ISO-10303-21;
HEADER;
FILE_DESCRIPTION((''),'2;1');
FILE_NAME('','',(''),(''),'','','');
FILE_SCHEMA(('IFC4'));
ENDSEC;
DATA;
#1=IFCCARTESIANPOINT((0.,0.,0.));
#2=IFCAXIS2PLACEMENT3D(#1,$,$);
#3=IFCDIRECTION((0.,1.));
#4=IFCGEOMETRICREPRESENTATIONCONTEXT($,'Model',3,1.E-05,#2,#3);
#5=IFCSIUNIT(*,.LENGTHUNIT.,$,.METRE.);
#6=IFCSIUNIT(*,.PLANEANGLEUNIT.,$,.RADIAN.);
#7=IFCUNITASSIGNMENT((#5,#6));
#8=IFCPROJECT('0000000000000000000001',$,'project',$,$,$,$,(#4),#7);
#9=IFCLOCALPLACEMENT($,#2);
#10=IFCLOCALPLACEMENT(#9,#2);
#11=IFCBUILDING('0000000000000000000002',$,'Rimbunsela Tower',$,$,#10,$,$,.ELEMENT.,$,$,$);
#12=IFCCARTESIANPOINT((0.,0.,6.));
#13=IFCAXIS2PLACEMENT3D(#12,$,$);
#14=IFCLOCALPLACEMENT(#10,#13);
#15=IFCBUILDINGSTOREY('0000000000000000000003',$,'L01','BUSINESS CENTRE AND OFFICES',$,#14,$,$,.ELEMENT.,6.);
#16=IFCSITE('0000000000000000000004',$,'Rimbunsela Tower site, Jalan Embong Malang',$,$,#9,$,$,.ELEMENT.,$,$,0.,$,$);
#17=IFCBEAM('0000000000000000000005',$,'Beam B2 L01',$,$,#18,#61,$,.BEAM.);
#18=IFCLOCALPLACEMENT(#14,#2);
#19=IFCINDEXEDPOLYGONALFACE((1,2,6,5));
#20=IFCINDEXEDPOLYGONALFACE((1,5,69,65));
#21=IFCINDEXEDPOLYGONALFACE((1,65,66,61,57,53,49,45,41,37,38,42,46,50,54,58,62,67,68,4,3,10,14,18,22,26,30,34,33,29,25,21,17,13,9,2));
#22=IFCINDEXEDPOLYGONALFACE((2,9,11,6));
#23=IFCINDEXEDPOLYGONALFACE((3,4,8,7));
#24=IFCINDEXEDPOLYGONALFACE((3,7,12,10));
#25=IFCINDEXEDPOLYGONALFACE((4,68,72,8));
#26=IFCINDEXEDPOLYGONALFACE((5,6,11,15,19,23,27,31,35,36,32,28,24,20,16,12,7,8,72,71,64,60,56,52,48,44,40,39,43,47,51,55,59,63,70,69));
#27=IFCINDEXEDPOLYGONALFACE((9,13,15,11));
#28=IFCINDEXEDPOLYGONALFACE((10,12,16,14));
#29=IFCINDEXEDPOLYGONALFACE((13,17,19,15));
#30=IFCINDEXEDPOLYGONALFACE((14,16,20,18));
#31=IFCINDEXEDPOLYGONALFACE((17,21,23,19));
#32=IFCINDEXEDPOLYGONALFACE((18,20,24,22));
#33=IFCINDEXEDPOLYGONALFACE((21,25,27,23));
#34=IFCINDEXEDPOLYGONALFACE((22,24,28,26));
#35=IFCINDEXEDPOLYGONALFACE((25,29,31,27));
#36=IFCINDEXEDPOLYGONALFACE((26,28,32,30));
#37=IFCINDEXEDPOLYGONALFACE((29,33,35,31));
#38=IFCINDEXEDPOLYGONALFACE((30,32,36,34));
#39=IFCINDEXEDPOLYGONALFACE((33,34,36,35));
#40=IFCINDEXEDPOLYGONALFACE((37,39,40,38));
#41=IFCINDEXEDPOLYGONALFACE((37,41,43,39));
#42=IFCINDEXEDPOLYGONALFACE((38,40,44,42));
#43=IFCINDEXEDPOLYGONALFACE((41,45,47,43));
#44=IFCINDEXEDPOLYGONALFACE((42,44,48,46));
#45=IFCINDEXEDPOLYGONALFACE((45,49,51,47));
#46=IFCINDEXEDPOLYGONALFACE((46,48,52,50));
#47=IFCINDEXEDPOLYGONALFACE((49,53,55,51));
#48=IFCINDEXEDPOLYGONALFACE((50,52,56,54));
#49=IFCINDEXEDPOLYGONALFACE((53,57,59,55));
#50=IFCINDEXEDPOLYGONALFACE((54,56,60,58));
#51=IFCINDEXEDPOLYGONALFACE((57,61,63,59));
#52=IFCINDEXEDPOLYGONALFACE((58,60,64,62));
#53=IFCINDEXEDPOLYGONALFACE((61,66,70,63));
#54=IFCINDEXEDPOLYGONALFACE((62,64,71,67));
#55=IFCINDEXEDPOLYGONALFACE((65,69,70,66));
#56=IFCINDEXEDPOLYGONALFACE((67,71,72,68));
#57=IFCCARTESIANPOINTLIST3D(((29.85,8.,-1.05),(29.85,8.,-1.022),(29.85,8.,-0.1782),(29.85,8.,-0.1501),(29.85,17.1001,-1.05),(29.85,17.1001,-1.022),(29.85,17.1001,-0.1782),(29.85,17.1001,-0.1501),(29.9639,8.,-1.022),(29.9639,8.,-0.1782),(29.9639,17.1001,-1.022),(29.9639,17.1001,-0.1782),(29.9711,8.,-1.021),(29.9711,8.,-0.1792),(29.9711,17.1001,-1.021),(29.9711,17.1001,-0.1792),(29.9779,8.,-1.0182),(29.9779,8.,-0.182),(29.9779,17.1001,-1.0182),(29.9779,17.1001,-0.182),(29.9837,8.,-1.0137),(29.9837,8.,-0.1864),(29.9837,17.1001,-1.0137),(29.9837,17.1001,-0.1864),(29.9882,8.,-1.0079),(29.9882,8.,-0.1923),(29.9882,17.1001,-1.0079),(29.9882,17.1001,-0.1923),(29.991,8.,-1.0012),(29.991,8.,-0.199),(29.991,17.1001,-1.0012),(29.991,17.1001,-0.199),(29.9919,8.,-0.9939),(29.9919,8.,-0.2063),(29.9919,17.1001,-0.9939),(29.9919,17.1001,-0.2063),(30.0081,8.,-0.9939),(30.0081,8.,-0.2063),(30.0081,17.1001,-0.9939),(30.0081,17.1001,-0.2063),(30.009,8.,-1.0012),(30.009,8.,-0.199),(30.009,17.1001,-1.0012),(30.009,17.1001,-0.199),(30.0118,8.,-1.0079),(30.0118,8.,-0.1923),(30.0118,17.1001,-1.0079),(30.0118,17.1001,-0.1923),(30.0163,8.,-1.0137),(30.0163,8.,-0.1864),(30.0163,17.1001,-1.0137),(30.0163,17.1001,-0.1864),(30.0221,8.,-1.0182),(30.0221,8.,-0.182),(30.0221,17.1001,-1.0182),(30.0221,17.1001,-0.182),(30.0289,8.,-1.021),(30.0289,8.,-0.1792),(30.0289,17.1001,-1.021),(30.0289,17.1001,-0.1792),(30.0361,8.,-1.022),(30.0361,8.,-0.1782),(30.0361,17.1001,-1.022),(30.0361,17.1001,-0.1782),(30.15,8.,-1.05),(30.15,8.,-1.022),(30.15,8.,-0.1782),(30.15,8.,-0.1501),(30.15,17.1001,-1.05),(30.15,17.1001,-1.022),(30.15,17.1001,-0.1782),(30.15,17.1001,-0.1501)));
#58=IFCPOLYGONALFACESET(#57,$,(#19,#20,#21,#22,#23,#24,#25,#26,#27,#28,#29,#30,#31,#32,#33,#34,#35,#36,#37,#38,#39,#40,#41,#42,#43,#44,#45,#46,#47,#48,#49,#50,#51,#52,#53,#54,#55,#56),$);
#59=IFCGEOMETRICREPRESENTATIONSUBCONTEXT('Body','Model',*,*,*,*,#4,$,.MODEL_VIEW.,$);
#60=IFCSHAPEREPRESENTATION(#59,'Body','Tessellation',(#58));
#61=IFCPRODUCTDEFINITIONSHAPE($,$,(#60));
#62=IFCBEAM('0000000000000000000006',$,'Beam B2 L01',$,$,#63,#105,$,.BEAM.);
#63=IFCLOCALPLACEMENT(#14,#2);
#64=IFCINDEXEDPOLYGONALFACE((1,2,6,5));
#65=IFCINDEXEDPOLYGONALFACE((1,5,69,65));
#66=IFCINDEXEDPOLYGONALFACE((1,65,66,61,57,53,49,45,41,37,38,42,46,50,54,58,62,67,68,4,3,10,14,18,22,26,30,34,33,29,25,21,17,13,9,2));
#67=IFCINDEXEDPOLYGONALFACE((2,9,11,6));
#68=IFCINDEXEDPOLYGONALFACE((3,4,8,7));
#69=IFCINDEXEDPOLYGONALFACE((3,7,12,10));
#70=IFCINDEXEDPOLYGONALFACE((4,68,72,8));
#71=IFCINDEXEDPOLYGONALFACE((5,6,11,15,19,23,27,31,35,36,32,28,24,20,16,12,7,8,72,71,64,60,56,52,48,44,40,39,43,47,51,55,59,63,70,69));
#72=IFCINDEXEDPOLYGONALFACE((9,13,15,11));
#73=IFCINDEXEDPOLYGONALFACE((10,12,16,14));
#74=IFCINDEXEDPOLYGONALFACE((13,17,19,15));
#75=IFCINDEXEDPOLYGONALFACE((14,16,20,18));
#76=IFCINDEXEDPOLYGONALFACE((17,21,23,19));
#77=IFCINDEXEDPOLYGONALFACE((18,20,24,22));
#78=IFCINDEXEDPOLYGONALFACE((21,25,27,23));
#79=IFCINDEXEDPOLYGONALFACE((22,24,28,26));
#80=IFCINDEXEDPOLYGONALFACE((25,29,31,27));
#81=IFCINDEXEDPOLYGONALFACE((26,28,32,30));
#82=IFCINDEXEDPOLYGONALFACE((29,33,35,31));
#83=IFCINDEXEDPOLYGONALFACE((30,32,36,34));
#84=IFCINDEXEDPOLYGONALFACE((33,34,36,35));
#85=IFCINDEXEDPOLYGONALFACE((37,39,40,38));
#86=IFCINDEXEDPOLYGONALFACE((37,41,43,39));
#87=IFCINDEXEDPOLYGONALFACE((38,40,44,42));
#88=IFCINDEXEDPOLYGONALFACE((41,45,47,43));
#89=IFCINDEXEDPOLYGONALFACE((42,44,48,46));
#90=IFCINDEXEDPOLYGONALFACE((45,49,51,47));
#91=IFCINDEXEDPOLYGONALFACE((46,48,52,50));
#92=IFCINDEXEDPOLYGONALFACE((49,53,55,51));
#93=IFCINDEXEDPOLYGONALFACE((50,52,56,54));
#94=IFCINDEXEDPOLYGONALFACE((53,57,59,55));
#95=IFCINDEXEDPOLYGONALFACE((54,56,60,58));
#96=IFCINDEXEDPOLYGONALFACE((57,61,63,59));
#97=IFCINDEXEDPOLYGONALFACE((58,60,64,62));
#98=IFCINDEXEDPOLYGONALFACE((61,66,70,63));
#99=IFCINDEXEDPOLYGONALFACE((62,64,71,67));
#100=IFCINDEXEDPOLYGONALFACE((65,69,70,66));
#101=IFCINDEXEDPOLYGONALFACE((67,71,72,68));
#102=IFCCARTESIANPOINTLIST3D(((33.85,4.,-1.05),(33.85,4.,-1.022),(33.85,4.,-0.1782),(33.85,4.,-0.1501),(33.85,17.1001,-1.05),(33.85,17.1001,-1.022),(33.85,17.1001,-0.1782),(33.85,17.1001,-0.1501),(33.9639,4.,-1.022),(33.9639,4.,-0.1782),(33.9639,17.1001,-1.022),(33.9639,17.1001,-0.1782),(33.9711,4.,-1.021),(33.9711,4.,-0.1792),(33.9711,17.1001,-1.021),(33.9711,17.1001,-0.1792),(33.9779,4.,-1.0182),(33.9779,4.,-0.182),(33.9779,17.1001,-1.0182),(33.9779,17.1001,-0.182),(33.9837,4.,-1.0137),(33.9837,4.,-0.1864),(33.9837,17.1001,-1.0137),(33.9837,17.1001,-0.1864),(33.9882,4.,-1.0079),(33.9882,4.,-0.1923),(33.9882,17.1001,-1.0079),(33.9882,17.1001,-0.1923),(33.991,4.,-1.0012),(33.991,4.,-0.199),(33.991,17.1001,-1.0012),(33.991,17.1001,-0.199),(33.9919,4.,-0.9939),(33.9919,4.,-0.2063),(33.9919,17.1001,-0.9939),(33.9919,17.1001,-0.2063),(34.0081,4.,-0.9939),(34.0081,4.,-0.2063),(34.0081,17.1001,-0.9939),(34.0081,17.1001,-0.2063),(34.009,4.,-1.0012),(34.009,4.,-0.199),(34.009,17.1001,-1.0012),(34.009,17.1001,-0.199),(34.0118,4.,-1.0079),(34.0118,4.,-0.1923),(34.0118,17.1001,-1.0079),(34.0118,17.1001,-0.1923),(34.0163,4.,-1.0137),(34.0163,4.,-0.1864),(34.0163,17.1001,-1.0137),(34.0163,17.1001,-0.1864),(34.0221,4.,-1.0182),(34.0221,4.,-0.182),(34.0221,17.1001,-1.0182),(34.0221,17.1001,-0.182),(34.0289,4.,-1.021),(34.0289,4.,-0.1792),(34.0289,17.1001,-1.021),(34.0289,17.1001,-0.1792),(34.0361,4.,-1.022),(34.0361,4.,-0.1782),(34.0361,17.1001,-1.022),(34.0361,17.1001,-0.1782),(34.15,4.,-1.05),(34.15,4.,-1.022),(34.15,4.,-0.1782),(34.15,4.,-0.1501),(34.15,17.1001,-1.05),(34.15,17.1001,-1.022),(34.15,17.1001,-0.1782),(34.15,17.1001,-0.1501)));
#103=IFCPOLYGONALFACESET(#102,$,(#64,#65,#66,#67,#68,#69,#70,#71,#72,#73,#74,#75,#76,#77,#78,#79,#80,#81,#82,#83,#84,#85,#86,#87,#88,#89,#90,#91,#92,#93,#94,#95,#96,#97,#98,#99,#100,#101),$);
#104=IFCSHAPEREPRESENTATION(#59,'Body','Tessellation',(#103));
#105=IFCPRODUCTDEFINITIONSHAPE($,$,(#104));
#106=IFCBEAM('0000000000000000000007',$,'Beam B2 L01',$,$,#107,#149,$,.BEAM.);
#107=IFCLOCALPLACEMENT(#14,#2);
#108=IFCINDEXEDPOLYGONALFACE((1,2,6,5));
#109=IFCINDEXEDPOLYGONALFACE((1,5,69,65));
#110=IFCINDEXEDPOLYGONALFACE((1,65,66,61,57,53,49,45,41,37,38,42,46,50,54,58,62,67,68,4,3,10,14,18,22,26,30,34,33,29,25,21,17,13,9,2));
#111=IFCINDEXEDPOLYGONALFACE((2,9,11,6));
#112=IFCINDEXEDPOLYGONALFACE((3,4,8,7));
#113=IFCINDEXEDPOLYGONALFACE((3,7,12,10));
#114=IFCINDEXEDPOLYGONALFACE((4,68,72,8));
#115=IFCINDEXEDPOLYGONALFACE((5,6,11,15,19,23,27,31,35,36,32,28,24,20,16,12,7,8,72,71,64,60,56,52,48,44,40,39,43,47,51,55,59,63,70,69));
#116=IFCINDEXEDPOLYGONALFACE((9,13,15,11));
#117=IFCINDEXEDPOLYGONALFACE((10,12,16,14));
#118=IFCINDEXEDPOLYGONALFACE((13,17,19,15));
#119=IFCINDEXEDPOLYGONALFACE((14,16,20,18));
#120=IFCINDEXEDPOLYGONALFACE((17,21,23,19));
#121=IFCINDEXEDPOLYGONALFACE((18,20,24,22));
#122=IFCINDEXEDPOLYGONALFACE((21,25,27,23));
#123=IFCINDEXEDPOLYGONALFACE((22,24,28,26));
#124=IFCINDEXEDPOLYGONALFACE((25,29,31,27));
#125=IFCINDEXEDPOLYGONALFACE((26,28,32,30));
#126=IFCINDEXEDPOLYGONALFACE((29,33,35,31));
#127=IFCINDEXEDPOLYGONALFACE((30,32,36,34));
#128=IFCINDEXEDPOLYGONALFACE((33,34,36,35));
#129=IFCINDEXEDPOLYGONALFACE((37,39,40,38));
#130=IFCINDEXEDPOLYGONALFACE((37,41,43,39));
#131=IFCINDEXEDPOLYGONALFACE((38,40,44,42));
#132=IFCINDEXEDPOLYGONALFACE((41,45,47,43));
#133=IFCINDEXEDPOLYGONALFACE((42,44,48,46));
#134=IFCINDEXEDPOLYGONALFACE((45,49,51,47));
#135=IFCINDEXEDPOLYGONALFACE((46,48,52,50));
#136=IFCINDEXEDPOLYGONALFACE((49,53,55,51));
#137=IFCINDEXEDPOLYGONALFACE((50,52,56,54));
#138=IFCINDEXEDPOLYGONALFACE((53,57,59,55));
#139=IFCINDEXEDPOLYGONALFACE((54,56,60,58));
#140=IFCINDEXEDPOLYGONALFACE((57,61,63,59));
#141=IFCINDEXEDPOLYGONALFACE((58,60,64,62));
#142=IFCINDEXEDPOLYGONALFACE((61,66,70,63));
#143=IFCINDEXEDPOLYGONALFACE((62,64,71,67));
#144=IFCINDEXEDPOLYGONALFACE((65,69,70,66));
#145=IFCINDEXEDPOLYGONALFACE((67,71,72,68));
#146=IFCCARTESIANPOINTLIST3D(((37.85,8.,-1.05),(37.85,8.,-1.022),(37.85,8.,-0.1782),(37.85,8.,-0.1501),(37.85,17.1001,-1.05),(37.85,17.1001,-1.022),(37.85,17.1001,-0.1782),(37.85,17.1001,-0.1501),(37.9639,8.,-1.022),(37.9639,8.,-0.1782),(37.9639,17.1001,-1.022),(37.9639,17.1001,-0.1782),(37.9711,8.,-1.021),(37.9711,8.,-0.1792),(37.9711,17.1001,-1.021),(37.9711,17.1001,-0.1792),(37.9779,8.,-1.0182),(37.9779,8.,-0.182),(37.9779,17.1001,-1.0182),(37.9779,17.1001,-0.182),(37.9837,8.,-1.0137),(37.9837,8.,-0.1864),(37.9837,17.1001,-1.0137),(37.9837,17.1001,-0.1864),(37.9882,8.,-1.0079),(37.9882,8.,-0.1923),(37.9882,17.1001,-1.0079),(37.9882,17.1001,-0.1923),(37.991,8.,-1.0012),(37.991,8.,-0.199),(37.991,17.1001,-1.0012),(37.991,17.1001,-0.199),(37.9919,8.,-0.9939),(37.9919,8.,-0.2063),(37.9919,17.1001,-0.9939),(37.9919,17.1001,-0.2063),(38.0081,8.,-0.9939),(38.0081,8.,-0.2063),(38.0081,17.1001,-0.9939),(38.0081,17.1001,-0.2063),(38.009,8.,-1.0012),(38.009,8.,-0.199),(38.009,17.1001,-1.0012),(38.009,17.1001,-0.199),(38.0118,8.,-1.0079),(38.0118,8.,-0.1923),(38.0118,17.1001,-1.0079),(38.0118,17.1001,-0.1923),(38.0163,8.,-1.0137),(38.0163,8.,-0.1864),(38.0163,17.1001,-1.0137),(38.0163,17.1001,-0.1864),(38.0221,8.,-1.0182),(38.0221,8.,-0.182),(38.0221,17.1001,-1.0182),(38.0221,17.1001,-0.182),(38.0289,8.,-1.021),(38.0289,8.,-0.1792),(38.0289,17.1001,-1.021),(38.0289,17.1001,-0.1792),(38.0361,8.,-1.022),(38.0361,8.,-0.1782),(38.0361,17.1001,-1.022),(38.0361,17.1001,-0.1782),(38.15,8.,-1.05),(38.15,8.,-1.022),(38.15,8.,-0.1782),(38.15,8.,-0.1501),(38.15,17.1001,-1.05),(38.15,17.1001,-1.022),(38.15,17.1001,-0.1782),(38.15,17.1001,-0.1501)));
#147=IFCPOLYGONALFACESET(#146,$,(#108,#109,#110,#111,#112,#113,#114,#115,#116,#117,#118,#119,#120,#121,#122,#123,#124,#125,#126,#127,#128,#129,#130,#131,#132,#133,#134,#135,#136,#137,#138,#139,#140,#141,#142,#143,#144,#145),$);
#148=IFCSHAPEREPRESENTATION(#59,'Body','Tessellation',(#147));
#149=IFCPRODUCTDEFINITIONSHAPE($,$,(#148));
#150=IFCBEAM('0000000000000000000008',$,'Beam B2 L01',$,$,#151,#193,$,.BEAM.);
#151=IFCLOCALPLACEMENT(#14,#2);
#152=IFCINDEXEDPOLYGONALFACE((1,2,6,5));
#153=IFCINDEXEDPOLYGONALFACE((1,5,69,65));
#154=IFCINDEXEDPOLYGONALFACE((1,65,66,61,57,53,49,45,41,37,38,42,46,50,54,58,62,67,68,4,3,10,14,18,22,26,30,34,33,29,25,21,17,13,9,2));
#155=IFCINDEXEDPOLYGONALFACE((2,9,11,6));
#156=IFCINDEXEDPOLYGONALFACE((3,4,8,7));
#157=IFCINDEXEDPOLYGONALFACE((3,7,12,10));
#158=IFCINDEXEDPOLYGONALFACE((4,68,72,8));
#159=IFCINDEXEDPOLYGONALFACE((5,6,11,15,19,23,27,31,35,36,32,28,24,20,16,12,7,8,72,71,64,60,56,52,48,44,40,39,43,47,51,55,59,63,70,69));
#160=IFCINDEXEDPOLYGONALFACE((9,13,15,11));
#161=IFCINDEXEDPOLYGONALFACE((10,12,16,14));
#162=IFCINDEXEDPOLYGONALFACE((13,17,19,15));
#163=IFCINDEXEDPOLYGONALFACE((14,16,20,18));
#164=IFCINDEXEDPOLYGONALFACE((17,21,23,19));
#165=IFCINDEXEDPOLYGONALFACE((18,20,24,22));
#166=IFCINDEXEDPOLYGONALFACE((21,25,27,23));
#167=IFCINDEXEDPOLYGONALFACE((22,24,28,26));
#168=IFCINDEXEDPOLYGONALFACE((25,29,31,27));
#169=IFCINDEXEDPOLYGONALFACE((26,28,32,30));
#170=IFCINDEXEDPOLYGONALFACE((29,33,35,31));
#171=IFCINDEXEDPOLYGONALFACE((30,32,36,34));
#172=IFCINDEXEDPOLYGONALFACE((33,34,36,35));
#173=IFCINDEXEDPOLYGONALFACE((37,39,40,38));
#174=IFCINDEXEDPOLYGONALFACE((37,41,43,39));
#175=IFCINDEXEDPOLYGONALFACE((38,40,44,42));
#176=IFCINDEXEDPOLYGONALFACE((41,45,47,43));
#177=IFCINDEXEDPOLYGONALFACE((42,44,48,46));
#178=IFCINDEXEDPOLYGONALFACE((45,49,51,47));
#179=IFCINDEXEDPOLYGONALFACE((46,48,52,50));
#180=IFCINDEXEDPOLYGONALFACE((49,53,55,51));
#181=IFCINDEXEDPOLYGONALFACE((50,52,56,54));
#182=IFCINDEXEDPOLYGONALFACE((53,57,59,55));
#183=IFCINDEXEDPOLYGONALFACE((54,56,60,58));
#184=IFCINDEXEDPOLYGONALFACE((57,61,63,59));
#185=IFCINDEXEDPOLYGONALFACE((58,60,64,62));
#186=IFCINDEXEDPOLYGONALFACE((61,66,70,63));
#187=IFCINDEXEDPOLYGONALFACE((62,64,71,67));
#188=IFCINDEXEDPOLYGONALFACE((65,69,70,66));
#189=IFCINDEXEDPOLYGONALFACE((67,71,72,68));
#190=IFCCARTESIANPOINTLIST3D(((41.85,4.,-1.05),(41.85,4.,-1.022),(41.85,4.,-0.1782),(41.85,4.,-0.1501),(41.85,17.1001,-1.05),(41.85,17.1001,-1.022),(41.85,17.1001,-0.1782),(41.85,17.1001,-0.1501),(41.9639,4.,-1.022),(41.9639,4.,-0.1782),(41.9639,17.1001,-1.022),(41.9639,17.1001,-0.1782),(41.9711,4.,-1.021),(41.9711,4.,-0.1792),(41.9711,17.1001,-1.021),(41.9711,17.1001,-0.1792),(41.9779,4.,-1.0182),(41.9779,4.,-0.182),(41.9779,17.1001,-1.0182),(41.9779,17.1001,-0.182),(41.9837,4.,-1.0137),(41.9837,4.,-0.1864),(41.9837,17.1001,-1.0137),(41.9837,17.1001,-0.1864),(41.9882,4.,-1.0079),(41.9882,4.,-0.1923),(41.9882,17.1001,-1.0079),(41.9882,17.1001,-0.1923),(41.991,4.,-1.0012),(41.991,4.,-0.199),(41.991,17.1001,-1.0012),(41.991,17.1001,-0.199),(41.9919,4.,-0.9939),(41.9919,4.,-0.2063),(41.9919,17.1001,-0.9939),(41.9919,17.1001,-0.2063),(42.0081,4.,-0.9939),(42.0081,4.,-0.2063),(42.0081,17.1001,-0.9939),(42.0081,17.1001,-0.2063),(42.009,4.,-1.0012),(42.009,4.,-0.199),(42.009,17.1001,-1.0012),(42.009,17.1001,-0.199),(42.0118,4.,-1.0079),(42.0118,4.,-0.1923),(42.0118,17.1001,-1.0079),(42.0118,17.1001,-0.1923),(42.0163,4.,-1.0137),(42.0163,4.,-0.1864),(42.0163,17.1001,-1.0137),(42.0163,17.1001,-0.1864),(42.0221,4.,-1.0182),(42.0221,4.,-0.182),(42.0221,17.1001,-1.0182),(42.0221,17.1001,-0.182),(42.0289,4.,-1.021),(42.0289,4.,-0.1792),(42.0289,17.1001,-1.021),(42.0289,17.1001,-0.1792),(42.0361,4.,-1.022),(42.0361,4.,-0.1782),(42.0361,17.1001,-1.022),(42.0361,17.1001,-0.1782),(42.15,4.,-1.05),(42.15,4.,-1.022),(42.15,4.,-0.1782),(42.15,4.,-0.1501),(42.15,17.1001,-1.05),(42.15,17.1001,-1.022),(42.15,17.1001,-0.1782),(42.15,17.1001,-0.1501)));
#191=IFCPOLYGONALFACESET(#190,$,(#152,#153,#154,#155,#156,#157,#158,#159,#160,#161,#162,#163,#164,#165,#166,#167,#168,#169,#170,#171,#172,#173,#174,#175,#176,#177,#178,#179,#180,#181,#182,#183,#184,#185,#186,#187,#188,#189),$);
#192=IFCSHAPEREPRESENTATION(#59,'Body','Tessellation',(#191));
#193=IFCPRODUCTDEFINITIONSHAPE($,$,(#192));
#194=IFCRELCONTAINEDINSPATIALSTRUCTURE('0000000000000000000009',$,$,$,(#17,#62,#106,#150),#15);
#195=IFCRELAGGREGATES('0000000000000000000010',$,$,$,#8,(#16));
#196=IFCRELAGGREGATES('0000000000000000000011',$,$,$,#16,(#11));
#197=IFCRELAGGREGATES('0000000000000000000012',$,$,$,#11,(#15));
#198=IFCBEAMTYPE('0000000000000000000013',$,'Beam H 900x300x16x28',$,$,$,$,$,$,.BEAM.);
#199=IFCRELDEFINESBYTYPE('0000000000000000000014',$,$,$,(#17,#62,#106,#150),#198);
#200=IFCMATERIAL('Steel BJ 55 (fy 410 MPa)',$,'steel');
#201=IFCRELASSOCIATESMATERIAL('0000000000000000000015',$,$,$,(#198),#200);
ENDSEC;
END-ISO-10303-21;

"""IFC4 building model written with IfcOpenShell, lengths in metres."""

from ifc_helpers import new_model, si_unit, direction, frame, origin, origin_2d, place, context, subcontext, project, spatial, i_section, extrude, material, material_profile, profile_set, type_object, element, save


model = new_model("IFC4")

# Units and contexts
model_context = context("Model", 3, precision=1e-05, world=origin(), true_north=direction((0.0, 1.0)))
body_context = subcontext(model_context, "Body", "Model", "MODEL_VIEW")
ifc_project = project(units=[si_unit("LENGTHUNIT", "METRE"), si_unit("PLANEANGLEUNIT", "RADIAN")], contexts=[model_context])

# Site, building, storey
site_placement = place(None, origin())
site = spatial("IfcSite", under=ifc_project, at=site_placement, Name="Rimbunsela Tower site, Jalan Embong Malang", CompositionType="ELEMENT", RefElevation=0.0)
building_placement = place(site_placement, origin())
building = spatial("IfcBuilding", under=site, at=building_placement, Name="Rimbunsela Tower", CompositionType="ELEMENT")
storey_placement = place(building_placement, frame((0.0, 0.0, 6.0)))
storey = spatial("IfcBuildingStorey", under=building, at=storey_placement, Name="L01", Description="BUSINESS CENTRE AND OFFICES", CompositionType="ELEMENT", Elevation=6.0)

# Beams
ifc_material_1 = material(Name="Steel BJ 55 (fy 410 MPa)", Category="steel")
ifc_material_profile_1 = material_profile(ifc_material_1, i_section(OverallWidth=0.3, OverallDepth=0.8999, WebThickness=0.0161, FlangeThickness=0.0281, FilletRadius=0.0281, at=origin_2d()), Name="H 900x300x16x28")
ifc_profile_set_1 = profile_set([ifc_material_profile_1], Name="Steel BJ 55 (fy 410 MPa)")
beam_type_1 = type_object("IfcBeamType", Name="Beam H 900x300x16x28", PredefinedType="BEAM", material=ifc_profile_set_1)
beam_1_placement = place(storey_placement, frame((30.0, 8.0, -0.6001), z_axis=(0.0, 1.0, 0.0), x_axis=(-1.0, 0.0, 0.0)))
element("IfcBeam", 1, at=beam_1_placement, inside=storey, type_object=beam_type_1, Name="Beam B2 L01", PredefinedType="BEAM", context=body_context, shape_type="SweptSolid", body=[
    extrude(i_section(OverallWidth=0.3, OverallDepth=0.8999, WebThickness=0.0161, FlangeThickness=0.0281, FilletRadius=0.0281, at=origin_2d()), origin(), (0.0, 0.0, 1.0), 9.1001),
])
beam_2_placement = place(storey_placement, frame((34.0, 4.0, -0.6001), z_axis=(0.0, 1.0, 0.0), x_axis=(-1.0, 0.0, 0.0)))
element("IfcBeam", 2, at=beam_2_placement, inside=storey, type_object=beam_type_1, Name="Beam B2 L01", PredefinedType="BEAM", context=body_context, shape_type="SweptSolid", body=[
    extrude(i_section(OverallWidth=0.3, OverallDepth=0.8999, WebThickness=0.0161, FlangeThickness=0.0281, FilletRadius=0.0281, at=origin_2d()), origin(), (0.0, 0.0, 1.0), 13.1001),
])
beam_3_placement = place(storey_placement, frame((38.0, 8.0, -0.6001), z_axis=(0.0, 1.0, 0.0), x_axis=(-1.0, 0.0, 0.0)))
element("IfcBeam", 3, at=beam_3_placement, inside=storey, type_object=beam_type_1, Name="Beam B2 L01", PredefinedType="BEAM", context=body_context, shape_type="SweptSolid", body=[
    extrude(i_section(OverallWidth=0.3, OverallDepth=0.8999, WebThickness=0.0161, FlangeThickness=0.0281, FilletRadius=0.0281, at=origin_2d()), origin(), (0.0, 0.0, 1.0), 9.1001),
])
beam_4_placement = place(storey_placement, frame((42.0, 4.0, -0.6001), z_axis=(0.0, 1.0, 0.0), x_axis=(-1.0, 0.0, 0.0)))
element("IfcBeam", 4, at=beam_4_placement, inside=storey, type_object=beam_type_1, Name="Beam B2 L01", PredefinedType="BEAM", context=body_context, shape_type="SweptSolid", body=[
    extrude(i_section(OverallWidth=0.3, OverallDepth=0.8999, WebThickness=0.0161, FlangeThickness=0.0281, FilletRadius=0.0281, at=origin_2d()), origin(), (0.0, 0.0, 1.0), 13.1001),
])

save(model, "model.ifc")
